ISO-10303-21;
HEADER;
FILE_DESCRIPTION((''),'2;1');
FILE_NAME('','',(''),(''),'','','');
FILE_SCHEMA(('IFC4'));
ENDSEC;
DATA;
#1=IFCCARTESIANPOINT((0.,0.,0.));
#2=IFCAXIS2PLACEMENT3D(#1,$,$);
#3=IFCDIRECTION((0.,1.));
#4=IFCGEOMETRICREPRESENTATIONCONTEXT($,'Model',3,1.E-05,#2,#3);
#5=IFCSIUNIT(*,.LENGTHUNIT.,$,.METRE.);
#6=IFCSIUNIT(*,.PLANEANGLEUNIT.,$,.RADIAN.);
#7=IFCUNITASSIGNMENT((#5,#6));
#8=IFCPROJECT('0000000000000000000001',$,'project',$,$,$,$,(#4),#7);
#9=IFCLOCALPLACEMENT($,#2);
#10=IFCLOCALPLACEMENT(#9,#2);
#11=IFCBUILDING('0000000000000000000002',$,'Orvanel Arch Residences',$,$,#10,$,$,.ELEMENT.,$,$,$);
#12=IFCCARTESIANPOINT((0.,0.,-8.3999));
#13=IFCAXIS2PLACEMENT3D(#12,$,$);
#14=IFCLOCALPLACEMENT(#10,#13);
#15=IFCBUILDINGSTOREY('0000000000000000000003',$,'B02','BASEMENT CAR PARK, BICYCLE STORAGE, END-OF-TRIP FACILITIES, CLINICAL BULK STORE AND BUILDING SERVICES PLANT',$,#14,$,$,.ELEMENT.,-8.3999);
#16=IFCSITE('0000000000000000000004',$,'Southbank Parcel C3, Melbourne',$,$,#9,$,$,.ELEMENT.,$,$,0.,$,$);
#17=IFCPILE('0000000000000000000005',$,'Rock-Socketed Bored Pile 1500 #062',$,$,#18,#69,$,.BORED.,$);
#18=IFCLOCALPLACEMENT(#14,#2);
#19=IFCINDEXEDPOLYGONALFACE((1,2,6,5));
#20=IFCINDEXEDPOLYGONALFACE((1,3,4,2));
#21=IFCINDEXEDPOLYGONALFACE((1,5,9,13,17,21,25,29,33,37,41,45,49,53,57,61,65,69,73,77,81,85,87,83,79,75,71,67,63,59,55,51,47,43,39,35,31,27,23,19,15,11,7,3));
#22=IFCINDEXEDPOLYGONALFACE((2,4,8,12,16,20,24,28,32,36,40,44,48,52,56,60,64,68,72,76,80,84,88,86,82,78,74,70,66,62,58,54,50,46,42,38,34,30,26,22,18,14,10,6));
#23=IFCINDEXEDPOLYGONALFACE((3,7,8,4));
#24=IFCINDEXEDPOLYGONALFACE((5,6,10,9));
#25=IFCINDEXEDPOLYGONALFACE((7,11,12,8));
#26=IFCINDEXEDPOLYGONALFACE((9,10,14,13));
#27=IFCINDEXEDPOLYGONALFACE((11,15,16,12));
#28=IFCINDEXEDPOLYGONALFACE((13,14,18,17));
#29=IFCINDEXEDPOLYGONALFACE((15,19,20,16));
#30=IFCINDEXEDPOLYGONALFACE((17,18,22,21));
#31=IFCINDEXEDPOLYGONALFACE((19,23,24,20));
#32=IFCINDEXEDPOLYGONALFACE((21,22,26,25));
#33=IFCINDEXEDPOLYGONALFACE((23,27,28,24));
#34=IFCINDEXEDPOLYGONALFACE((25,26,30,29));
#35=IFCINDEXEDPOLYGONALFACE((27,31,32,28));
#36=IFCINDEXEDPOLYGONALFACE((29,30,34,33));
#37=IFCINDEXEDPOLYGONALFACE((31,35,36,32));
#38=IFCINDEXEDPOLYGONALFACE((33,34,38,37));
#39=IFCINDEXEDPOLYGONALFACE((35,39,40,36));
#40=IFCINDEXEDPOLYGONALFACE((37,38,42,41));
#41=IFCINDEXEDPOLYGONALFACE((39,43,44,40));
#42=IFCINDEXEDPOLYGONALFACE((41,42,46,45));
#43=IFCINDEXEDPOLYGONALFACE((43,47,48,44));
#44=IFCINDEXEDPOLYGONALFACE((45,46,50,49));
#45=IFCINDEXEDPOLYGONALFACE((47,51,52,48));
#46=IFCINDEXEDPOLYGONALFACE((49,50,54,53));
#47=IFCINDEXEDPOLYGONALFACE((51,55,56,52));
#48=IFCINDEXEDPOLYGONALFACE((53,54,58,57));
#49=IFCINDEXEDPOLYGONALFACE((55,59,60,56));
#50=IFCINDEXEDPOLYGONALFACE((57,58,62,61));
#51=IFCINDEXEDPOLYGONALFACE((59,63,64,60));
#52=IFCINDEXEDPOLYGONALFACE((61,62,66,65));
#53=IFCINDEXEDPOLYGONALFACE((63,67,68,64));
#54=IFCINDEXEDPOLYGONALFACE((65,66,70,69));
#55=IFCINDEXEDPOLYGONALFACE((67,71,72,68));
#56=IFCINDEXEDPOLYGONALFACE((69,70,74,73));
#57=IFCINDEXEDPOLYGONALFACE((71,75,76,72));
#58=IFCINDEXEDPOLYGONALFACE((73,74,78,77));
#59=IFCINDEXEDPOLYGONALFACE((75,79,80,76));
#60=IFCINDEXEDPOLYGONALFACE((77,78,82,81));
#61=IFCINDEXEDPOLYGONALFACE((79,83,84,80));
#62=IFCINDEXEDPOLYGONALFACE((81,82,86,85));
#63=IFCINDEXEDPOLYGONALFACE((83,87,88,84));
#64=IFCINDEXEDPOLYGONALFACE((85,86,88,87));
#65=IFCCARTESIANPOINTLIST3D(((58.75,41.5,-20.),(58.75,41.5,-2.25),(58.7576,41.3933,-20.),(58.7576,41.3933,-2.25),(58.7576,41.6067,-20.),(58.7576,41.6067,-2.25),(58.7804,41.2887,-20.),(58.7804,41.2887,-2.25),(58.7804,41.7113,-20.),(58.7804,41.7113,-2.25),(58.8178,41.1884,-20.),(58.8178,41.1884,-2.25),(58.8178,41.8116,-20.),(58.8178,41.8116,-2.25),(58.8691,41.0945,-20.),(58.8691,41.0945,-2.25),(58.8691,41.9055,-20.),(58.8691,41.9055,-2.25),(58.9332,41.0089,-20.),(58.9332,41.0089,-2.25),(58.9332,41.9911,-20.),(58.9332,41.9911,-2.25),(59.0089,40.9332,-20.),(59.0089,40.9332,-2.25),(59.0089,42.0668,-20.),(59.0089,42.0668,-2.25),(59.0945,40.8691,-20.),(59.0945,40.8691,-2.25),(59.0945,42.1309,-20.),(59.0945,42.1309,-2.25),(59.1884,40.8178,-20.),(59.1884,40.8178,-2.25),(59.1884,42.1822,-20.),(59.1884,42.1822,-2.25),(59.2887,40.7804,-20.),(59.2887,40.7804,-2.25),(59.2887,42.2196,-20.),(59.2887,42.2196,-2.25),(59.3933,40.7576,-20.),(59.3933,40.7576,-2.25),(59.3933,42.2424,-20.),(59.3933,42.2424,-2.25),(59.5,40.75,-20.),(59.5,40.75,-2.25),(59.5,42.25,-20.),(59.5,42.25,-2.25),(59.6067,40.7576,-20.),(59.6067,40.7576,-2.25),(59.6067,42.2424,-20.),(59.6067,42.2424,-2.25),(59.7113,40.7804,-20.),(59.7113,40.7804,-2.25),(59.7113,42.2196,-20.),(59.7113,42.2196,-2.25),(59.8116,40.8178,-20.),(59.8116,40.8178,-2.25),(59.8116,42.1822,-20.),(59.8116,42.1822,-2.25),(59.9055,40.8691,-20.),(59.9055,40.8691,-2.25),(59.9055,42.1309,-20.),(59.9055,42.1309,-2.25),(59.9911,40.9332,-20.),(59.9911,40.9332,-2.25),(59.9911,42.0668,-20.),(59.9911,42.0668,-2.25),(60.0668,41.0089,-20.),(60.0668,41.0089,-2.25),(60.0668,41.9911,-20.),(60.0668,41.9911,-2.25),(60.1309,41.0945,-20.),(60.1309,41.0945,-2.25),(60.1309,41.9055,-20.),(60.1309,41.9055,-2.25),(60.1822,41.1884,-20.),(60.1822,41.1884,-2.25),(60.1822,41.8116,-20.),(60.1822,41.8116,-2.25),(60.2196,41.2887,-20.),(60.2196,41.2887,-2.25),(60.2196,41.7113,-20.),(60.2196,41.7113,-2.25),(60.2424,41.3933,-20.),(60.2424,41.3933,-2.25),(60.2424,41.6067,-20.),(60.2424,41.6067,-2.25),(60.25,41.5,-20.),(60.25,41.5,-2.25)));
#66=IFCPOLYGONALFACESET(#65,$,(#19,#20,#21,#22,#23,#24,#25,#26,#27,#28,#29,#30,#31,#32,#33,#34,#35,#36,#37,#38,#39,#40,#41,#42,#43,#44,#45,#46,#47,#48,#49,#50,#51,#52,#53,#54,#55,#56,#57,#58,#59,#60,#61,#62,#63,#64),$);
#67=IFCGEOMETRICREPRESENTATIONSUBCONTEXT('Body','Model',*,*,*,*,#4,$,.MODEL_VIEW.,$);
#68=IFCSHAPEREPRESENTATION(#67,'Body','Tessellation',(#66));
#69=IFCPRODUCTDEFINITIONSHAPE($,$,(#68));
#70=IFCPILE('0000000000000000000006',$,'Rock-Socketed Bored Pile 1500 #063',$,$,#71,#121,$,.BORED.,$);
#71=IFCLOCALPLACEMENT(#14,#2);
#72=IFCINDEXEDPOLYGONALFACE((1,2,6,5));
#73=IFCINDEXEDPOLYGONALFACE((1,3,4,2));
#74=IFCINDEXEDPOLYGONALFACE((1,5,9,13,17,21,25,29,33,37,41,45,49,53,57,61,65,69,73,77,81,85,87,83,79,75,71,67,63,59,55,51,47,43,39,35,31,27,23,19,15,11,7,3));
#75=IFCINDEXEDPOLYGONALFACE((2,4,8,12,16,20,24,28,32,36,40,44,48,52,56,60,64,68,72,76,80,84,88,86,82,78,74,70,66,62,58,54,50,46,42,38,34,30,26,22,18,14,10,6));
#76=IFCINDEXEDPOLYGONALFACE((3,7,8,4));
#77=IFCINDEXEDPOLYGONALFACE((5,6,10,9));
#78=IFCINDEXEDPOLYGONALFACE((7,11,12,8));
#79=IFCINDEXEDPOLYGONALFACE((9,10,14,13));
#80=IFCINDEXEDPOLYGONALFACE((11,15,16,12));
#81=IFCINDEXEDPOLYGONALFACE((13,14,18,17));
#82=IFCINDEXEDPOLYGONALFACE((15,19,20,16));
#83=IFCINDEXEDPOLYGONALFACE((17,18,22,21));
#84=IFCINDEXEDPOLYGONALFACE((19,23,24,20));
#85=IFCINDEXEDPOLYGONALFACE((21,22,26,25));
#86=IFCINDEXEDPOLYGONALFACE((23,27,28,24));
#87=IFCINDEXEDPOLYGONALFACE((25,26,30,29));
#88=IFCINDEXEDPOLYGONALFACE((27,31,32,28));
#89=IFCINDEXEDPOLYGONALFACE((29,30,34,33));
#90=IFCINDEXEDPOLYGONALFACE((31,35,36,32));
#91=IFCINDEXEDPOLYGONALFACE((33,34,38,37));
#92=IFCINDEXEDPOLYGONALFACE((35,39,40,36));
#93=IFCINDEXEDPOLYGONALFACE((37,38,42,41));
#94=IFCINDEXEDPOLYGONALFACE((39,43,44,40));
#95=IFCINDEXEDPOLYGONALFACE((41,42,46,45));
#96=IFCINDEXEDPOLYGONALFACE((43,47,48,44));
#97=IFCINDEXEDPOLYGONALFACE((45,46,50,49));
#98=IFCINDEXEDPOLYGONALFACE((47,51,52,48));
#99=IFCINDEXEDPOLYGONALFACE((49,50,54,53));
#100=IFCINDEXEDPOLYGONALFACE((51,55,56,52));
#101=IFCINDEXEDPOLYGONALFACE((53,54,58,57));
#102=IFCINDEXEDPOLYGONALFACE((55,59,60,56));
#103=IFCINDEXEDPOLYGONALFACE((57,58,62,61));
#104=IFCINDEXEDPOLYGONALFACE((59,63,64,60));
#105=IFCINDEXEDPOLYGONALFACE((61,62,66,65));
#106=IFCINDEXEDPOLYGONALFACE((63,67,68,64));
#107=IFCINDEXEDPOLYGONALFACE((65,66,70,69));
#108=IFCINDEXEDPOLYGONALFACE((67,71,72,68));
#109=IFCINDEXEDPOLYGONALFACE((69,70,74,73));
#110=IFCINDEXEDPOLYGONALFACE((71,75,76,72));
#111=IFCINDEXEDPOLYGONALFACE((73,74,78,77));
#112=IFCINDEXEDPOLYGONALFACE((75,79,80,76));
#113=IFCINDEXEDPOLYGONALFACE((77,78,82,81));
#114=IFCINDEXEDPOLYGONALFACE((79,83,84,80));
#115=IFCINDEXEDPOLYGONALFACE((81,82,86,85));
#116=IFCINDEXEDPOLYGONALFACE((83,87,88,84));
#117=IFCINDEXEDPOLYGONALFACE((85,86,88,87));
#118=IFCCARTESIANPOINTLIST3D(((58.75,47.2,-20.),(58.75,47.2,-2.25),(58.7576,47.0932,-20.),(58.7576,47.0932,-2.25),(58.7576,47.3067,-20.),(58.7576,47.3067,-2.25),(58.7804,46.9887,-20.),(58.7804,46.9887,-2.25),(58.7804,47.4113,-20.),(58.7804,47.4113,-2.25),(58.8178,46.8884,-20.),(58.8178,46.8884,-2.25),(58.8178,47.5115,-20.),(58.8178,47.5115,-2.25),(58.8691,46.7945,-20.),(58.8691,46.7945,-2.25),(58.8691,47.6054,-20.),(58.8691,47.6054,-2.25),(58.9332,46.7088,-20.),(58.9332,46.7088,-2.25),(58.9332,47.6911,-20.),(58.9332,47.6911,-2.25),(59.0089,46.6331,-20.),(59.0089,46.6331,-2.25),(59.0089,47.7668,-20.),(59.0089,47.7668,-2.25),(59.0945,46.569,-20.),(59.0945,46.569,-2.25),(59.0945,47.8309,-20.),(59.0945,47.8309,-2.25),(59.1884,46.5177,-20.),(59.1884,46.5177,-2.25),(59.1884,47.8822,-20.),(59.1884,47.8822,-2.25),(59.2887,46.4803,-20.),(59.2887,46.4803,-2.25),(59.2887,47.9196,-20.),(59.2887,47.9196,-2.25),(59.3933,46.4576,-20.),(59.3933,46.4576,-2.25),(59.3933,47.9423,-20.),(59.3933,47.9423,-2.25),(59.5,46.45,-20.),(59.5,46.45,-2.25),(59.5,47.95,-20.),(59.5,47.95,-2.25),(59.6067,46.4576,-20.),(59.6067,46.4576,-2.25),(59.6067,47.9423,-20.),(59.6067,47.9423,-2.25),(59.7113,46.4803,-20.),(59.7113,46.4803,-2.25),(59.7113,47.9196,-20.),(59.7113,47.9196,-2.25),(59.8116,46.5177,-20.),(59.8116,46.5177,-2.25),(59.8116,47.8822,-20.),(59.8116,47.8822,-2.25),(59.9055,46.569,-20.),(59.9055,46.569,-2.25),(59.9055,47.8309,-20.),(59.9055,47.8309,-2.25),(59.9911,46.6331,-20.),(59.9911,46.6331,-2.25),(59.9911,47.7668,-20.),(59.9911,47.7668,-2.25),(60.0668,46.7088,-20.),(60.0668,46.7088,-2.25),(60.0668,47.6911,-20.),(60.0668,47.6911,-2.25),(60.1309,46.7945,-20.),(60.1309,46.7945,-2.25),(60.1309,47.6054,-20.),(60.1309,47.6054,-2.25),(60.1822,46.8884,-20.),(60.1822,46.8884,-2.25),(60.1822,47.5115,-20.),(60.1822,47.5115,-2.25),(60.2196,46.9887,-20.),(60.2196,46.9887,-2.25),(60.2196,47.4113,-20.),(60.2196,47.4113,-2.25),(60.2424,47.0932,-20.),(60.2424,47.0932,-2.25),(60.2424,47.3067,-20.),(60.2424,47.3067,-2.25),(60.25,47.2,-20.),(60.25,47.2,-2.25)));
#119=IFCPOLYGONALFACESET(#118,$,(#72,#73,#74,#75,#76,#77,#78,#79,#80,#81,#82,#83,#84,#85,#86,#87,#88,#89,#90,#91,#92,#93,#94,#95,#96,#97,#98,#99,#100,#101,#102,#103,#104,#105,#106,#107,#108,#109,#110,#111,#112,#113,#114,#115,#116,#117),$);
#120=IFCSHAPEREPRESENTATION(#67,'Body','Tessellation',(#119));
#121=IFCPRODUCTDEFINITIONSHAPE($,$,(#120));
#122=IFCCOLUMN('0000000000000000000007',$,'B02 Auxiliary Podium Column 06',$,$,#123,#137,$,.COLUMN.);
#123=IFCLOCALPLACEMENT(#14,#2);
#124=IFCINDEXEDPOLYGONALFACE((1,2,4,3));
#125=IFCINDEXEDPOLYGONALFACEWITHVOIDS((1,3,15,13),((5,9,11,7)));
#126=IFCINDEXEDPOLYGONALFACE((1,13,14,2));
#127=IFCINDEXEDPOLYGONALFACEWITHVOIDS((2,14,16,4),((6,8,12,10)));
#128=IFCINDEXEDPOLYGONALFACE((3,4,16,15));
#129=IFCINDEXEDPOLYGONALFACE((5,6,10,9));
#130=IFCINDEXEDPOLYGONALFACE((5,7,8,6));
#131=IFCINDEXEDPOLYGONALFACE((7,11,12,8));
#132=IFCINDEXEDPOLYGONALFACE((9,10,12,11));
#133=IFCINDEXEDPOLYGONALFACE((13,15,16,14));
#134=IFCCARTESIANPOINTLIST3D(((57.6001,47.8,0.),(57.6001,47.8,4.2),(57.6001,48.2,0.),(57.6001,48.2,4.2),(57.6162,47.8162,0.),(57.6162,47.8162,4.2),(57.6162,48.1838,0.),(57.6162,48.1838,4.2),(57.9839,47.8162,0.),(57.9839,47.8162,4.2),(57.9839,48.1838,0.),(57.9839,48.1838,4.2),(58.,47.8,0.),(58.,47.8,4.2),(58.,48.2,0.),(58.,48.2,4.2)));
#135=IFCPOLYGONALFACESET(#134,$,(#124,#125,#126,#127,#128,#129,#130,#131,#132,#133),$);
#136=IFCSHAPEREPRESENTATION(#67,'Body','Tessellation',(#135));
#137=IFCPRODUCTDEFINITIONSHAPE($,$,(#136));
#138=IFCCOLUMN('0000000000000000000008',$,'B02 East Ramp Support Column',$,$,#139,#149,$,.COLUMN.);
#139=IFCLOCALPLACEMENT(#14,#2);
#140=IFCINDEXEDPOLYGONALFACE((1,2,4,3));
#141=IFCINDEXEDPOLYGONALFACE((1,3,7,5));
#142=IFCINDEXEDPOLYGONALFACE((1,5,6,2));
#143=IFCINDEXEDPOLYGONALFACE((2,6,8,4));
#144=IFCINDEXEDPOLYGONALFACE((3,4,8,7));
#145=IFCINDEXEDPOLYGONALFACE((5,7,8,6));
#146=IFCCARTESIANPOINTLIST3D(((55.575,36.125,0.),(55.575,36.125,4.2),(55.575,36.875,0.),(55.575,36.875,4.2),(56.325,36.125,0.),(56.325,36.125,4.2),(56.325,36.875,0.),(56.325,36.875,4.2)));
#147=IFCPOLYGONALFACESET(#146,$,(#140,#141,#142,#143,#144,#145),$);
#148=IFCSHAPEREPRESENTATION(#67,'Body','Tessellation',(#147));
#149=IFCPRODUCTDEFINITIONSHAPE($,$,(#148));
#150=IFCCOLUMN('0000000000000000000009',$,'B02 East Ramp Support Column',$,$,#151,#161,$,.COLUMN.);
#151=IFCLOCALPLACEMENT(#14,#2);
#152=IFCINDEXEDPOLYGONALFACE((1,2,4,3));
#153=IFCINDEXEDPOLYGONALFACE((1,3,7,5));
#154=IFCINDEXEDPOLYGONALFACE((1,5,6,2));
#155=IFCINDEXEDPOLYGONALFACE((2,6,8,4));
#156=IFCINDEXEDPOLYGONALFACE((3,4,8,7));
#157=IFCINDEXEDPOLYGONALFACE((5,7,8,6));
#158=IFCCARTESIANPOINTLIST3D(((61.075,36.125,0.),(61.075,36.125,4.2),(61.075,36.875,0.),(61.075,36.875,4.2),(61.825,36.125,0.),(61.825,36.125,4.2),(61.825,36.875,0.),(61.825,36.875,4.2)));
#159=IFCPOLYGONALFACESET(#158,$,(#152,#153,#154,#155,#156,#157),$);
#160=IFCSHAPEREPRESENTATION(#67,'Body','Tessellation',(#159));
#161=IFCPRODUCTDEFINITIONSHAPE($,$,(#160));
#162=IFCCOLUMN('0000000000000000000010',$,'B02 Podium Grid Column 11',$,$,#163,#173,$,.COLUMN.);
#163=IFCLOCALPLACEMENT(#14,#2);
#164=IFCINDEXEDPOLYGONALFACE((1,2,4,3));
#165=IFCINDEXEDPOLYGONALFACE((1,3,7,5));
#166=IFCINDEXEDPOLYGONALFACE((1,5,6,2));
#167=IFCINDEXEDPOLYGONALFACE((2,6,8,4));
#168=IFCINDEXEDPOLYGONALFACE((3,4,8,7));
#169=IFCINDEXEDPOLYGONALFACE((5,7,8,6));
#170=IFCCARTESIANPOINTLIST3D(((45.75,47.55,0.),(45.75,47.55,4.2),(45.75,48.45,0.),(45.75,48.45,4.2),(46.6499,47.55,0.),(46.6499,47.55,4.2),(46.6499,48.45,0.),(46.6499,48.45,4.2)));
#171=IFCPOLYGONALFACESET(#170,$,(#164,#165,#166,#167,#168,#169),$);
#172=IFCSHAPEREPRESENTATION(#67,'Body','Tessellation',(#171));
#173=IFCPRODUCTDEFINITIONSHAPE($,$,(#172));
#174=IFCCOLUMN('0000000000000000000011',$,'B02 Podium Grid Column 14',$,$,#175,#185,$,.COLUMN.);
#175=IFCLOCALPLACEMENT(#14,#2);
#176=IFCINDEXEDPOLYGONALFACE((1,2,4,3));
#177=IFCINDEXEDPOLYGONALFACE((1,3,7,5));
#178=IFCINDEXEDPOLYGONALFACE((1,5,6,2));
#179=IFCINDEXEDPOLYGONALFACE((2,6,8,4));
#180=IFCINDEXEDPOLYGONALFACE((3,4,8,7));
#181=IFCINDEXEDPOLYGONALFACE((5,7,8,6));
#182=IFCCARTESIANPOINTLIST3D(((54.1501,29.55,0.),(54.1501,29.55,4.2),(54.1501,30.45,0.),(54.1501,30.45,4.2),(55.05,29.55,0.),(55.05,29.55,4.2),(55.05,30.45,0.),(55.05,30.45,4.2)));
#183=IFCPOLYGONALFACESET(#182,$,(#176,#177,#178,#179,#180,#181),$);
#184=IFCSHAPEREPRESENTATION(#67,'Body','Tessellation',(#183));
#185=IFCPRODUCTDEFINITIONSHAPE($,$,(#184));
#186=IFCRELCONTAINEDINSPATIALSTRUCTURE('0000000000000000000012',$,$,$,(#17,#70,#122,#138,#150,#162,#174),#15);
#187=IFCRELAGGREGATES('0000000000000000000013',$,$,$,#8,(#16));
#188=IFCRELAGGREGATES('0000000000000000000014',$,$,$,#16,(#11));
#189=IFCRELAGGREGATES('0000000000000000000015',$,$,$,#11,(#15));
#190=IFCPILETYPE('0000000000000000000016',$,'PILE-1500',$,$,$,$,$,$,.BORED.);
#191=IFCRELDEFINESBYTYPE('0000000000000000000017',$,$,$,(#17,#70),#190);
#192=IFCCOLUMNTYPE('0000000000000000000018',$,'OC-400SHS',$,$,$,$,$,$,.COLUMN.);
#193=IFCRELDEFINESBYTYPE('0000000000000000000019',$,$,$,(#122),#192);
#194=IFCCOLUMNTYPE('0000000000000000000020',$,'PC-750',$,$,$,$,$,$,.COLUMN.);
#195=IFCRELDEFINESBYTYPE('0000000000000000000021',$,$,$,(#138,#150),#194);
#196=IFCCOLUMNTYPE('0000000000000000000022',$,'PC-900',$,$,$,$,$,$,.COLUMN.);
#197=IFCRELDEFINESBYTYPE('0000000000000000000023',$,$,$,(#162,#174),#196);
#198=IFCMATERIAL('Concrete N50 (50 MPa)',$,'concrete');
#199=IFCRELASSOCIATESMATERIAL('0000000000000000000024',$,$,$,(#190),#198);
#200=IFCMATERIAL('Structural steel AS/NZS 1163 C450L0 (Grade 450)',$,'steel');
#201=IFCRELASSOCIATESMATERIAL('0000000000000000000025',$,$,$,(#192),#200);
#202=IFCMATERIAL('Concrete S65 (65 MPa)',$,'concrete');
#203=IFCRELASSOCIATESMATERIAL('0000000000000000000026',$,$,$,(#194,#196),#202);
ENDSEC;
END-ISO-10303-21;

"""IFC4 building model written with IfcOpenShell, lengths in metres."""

from ifc_helpers import new_model, si_unit, direction, frame, origin, origin_2d, place, context, subcontext, project, spatial, rectangle, hollow_rectangle, circle, extrude, material, material_profile, profile_set, type_object, element, save


model = new_model("IFC4")

# Units and contexts
model_context = context("Model", 3, precision=1e-05, world=origin(), true_north=direction((0.0, 1.0)))
body_context = subcontext(model_context, "Body", "Model", "MODEL_VIEW")
ifc_project = project(units=[si_unit("LENGTHUNIT", "METRE"), si_unit("PLANEANGLEUNIT", "RADIAN")], contexts=[model_context])

# Site, building, storey
site_placement = place(None, origin())
site = spatial("IfcSite", under=ifc_project, at=site_placement, Name="Southbank Parcel C3, Melbourne", CompositionType="ELEMENT", RefElevation=0.0)
building_placement = place(site_placement, origin())
building = spatial("IfcBuilding", under=site, at=building_placement, Name="Orvanel Arch Residences", CompositionType="ELEMENT")
storey_placement = place(building_placement, frame((0.0, 0.0, -8.3999)))
storey = spatial("IfcBuildingStorey", under=building, at=storey_placement, Name="B02", Description="BASEMENT CAR PARK, BICYCLE STORAGE, END-OF-TRIP FACILITIES, CLINICAL BULK STORE AND BUILDING SERVICES PLANT", CompositionType="ELEMENT", Elevation=-8.3999)

# Shared definitions
ifc_material_1 = material(Name="Concrete N50 (50 MPa)", Category="concrete")

# Piles
ifc_material_profile_1 = material_profile(ifc_material_1, circle(Radius=0.75, at=origin_2d()), Name="PILE1500")
ifc_profile_set_1 = profile_set([ifc_material_profile_1], Name="Concrete N50 (50 MPa)")
pile_type_1 = type_object("IfcPileType", Name="PILE-1500", PredefinedType="BORED", material=ifc_profile_set_1)
for number, where, z_axis, x_axis, name in (
    (1, (59.5, 41.5, -2.25), (0.0, 0.0, -1.0), (1.0, 0.0, 0.0), "Rock-Socketed Bored Pile 1500 #062"),
    (2, (59.5, 47.2, -2.25), (0.0, 0.0, -1.0), (1.0, 0.0, 0.0), "Rock-Socketed Bored Pile 1500 #063"),
):
    element("IfcPile", number, at=place(storey_placement, frame(where, z_axis=z_axis, x_axis=x_axis)), inside=storey, type_object=pile_type_1, Name=name, PredefinedType="BORED", context=body_context, shape_type="SweptSolid", body=[
        extrude(circle(Radius=0.75, at=origin_2d()), origin(), (0.0, 0.0, 1.0), 17.75),
    ])

# Columns
ifc_material_2 = material(Name="Structural steel AS/NZS 1163 C450L0 (Grade 450)", Category="steel")
ifc_material_profile_2 = material_profile(ifc_material_2, hollow_rectangle(XDim=0.3999, YDim=0.3999, WallThickness=0.0161, at=origin_2d()), Name="SHS400x400x16")
ifc_profile_set_2 = profile_set([ifc_material_profile_2], Name="Structural steel AS/NZS 1163 C450L0 (Grade 450)")
column_type_1 = type_object("IfcColumnType", Name="OC-400SHS", PredefinedType="COLUMN", material=ifc_profile_set_2)
column_placement = place(storey_placement, frame((57.8, 48.0, 0.0), z_axis=(0.0, 0.0, 1.0), x_axis=(1.0, 0.0, 0.0)))
element("IfcColumn", 3, at=column_placement, inside=storey, type_object=column_type_1, Name="B02 Auxiliary Podium Column 06", PredefinedType="COLUMN", context=body_context, shape_type="SweptSolid", body=[
    extrude(hollow_rectangle(XDim=0.3999, YDim=0.3999, WallThickness=0.0161, at=origin_2d()), origin(), (0.0, 0.0, 1.0), 4.2),
])
ifc_material_3 = material(Name="Concrete S65 (65 MPa)", Category="concrete")
ifc_material_profile_3 = material_profile(ifc_material_3, rectangle(XDim=0.75, YDim=0.75, at=origin_2d()), Name="RC750x750")
ifc_profile_set_3 = profile_set([ifc_material_profile_3], Name="Concrete S65 (65 MPa)")
column_type_2 = type_object("IfcColumnType", Name="PC-750", PredefinedType="COLUMN", material=ifc_profile_set_3)
for number, where, z_axis, x_axis, name in (
    (4, (55.95, 36.5, 0.0), (0.0, 0.0, 1.0), (1.0, 0.0, 0.0), "B02 East Ramp Support Column"),
    (5, (61.45, 36.5, 0.0), (0.0, 0.0, 1.0), (1.0, 0.0, 0.0), "B02 East Ramp Support Column"),
):
    element("IfcColumn", number, at=place(storey_placement, frame(where, z_axis=z_axis, x_axis=x_axis)), inside=storey, type_object=column_type_2, Name=name, PredefinedType="COLUMN", context=body_context, shape_type="SweptSolid", body=[
        extrude(rectangle(XDim=0.75, YDim=0.75, at=origin_2d()), origin(), (0.0, 0.0, 1.0), 4.2),
    ])
ifc_material_profile_4 = material_profile(ifc_material_3, rectangle(XDim=0.8999, YDim=0.8999, at=origin_2d()), Name="RC900x900")
ifc_profile_set_4 = profile_set([ifc_material_profile_4], Name="Concrete S65 (65 MPa)")
column_type_3 = type_object("IfcColumnType", Name="PC-900", PredefinedType="COLUMN", material=ifc_profile_set_4)
for number, where, z_axis, x_axis, name in (
    (6, (46.2, 48.0, 0.0), (0.0, 0.0, 1.0), (1.0, 0.0, 0.0), "B02 Podium Grid Column 11"),
    (7, (54.6001, 30.0, 0.0), (0.0, 0.0, 1.0), (1.0, 0.0, 0.0), "B02 Podium Grid Column 14"),
):
    element("IfcColumn", number, at=place(storey_placement, frame(where, z_axis=z_axis, x_axis=x_axis)), inside=storey, type_object=column_type_3, Name=name, PredefinedType="COLUMN", context=body_context, shape_type="SweptSolid", body=[
        extrude(rectangle(XDim=0.8999, YDim=0.8999, at=origin_2d()), origin(), (0.0, 0.0, 1.0), 4.2),
    ])

save(model, "model.ifc")
